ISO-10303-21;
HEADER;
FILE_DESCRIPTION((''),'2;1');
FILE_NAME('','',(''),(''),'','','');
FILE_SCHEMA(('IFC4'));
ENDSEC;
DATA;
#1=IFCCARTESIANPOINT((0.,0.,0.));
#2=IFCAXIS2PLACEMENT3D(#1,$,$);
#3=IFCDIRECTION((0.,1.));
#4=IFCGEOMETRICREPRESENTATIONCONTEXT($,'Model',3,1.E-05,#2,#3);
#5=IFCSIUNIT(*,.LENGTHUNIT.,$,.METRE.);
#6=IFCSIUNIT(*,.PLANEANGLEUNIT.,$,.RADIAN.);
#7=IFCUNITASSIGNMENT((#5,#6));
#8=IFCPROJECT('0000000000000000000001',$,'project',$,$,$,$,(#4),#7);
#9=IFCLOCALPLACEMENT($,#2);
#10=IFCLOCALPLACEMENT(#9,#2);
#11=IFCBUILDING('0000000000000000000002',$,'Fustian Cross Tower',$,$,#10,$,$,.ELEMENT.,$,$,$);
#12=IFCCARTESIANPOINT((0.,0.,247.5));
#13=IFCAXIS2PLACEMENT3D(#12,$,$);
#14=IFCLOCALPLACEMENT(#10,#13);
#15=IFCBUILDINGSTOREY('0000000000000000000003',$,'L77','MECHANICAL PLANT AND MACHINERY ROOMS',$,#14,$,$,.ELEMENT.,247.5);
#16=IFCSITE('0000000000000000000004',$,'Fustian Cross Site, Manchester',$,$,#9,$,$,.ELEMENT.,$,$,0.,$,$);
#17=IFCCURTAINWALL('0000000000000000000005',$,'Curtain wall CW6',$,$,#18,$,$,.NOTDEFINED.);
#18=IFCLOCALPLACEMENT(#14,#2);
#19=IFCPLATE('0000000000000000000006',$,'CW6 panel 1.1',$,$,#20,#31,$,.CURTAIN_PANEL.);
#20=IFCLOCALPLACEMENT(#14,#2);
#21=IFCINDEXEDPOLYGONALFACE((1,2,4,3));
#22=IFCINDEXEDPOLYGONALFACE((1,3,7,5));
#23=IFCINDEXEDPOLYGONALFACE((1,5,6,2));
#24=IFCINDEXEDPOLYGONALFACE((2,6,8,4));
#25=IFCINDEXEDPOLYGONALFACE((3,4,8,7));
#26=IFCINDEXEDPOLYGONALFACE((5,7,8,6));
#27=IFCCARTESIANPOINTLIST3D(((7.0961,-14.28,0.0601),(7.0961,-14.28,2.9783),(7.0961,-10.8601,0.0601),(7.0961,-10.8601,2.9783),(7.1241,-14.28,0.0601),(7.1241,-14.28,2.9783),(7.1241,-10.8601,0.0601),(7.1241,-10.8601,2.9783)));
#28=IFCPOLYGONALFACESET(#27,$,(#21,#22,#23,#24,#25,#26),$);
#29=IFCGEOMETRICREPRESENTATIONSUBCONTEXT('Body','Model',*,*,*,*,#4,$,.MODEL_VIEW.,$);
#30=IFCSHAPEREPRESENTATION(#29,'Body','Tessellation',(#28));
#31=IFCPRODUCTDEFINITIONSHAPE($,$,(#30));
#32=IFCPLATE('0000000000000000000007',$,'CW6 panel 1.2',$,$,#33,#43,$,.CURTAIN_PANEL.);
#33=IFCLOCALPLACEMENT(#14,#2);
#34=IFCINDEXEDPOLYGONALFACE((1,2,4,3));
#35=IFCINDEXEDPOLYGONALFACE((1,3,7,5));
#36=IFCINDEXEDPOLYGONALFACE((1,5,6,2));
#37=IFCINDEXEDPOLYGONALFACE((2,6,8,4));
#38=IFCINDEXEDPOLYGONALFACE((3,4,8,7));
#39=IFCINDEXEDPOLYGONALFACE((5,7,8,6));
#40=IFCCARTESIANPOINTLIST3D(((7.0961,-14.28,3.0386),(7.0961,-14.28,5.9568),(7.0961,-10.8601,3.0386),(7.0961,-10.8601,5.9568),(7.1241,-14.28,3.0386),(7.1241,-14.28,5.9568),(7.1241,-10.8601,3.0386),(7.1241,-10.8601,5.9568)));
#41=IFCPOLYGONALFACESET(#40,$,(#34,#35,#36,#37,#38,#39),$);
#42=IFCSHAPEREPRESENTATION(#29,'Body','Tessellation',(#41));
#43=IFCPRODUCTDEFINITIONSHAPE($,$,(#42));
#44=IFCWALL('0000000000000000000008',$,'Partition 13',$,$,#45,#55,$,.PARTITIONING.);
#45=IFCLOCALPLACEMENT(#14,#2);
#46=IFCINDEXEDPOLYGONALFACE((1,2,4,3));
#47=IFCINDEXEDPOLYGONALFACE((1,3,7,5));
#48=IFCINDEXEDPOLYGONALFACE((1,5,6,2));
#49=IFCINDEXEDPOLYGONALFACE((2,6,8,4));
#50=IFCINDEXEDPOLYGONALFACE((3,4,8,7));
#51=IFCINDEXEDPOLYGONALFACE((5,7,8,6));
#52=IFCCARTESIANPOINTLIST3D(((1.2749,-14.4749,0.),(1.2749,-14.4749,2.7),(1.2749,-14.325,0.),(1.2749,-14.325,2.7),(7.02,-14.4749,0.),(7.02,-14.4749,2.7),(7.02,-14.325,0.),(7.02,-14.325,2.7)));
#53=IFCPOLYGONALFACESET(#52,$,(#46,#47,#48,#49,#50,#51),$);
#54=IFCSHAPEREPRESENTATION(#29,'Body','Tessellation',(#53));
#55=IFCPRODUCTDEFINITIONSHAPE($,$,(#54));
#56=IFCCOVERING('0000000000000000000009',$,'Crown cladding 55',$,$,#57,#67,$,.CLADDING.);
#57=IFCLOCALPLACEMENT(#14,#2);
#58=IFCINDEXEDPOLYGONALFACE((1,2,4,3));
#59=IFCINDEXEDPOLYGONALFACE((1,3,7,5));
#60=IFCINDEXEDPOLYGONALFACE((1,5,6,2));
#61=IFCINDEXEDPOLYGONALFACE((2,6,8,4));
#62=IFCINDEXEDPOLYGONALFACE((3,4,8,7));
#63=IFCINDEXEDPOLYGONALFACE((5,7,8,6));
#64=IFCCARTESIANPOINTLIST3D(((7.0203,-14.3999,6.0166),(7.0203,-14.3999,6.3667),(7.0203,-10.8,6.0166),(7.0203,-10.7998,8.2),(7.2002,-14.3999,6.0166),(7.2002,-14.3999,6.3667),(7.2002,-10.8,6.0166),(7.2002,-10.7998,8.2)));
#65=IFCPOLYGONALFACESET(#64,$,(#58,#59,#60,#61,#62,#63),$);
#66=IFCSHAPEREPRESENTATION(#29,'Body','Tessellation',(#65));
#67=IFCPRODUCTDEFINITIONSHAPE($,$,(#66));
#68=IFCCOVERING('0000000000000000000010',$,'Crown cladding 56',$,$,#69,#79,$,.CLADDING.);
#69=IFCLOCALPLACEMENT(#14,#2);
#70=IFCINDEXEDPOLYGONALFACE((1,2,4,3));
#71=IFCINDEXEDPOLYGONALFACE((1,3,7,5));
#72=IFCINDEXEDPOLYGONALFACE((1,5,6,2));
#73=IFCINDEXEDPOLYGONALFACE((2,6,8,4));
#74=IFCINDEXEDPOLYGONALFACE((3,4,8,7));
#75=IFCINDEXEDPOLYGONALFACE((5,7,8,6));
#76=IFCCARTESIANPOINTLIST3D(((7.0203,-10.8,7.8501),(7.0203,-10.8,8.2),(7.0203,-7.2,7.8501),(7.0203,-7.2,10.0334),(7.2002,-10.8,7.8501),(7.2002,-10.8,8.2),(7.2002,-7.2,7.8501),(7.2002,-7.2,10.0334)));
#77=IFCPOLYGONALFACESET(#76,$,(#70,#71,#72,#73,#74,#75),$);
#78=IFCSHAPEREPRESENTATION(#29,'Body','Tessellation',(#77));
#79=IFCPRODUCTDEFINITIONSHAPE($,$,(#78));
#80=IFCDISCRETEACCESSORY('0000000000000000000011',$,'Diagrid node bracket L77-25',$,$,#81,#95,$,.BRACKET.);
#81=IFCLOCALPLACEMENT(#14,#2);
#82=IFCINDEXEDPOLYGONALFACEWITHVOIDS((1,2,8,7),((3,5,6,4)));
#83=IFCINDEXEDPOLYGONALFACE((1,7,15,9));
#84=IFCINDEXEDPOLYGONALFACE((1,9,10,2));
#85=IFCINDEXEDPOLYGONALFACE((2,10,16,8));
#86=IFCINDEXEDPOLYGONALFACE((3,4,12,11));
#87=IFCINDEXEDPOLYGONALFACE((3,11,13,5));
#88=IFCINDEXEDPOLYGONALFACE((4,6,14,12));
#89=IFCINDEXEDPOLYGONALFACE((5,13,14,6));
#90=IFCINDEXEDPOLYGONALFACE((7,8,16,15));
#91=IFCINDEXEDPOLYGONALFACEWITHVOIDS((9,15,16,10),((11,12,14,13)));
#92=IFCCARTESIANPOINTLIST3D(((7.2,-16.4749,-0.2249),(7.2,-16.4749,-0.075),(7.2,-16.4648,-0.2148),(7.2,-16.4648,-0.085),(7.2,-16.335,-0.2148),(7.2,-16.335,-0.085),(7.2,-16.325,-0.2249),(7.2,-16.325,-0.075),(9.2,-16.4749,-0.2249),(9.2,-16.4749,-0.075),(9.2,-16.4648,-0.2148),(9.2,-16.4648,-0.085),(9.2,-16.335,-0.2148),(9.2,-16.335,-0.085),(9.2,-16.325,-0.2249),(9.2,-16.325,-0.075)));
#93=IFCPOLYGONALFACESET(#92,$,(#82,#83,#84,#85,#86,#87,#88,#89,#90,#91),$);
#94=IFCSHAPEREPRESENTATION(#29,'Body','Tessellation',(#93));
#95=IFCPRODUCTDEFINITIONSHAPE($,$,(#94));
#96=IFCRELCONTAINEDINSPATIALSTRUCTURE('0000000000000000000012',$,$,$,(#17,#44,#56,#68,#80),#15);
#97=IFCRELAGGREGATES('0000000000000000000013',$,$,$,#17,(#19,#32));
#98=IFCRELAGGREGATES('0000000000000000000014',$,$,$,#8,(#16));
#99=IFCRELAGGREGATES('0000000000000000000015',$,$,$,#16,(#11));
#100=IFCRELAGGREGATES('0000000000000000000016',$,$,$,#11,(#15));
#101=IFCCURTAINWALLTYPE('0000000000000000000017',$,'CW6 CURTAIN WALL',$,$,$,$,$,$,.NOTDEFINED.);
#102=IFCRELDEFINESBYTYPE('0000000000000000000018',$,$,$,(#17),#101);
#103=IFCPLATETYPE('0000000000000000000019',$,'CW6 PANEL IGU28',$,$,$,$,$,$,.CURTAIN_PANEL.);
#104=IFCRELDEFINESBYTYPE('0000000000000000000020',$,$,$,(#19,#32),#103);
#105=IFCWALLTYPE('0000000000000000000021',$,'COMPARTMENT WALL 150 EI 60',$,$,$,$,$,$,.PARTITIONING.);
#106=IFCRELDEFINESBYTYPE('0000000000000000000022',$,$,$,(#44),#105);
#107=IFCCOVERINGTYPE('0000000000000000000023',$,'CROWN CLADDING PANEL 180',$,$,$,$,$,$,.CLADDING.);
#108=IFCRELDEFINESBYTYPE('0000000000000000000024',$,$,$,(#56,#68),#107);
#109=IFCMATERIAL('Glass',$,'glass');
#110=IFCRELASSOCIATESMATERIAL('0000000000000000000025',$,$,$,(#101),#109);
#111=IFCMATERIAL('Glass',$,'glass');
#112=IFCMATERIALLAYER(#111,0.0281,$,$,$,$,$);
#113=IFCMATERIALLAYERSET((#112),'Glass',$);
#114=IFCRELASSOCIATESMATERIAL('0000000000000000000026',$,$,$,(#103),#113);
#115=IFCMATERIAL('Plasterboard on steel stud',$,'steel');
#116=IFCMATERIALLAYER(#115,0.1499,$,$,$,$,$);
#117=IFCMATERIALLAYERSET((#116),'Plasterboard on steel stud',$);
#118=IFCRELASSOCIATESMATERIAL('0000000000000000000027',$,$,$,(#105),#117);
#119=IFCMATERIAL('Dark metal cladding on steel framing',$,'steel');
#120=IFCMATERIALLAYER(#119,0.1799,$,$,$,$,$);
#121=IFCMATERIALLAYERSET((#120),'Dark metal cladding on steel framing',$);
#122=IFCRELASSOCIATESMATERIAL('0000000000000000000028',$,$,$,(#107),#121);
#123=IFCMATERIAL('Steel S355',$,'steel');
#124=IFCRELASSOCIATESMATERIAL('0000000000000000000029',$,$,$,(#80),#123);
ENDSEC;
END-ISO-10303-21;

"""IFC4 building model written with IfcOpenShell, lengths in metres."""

from ifc_helpers import new_model, si_unit, direction, frame, frame_2d, origin, origin_2d, place, context, subcontext, project, spatial, polyline, rectangle, hollow_rectangle, outline, extrude, material, layer, layer_set, type_object, element, aggregate, save


model = new_model("IFC4")

# Units and contexts
model_context = context("Model", 3, precision=1e-05, world=origin(), true_north=direction((0.0, 1.0)))
body_context = subcontext(model_context, "Body", "Model", "MODEL_VIEW")
ifc_project = project(units=[si_unit("LENGTHUNIT", "METRE"), si_unit("PLANEANGLEUNIT", "RADIAN")], contexts=[model_context])

# Site, building, storey
site_placement = place(None, origin())
site = spatial("IfcSite", under=ifc_project, at=site_placement, Name="Fustian Cross Site, Manchester", CompositionType="ELEMENT", RefElevation=0.0)
building_placement = place(site_placement, origin())
building = spatial("IfcBuilding", under=site, at=building_placement, Name="Fustian Cross Tower", CompositionType="ELEMENT")
storey_placement = place(building_placement, frame((0.0, 0.0, 247.5)))
storey = spatial("IfcBuildingStorey", under=building, at=storey_placement, Name="L77", Description="MECHANICAL PLANT AND MACHINERY ROOMS", CompositionType="ELEMENT", Elevation=247.5)

# Shared definitions
ifc_material_1 = material(Name="Glass", Category="glass")
curtain_wall_type = type_object("IfcCurtainWallType", Name="CW6 CURTAIN WALL", PredefinedType="NOTDEFINED", material=ifc_material_1)

# Curtain wall
curtain_wall_1_placement = place(storey_placement, origin())
curtain_wall_1 = element("IfcCurtainWall", 1, at=curtain_wall_1_placement, inside=storey, type_object=curtain_wall_type, Name="Curtain wall CW6", PredefinedType="NOTDEFINED")

# Plates
ifc_material_2 = material(Name="Glass", Category="glass")
ifc_layer_1 = layer(ifc_material_2, 0.0281)
ifc_layer_set_1 = layer_set([ifc_layer_1], Name="Glass")
plate_type = type_object("IfcPlateType", Name="CW6 PANEL IGU28", PredefinedType="CURTAIN_PANEL", material=ifc_layer_set_1)
plate_1_placement = place(storey_placement, frame((7.1101, -12.5701, 0.0601), z_axis=(0.0, 0.0, 1.0), x_axis=(0.0, 1.0, 0.0)))
plate_1 = element("IfcPlate", 2, at=plate_1_placement, type_object=plate_type, Name="CW6 panel 1.1", PredefinedType="CURTAIN_PANEL", context=body_context, shape_type="SweptSolid", body=[
    extrude(rectangle(XDim=3.4199, YDim=0.0281, at=origin_2d()), origin(), (0.0, 0.0, 1.0), 2.9182),
])
plate_2_placement = place(storey_placement, frame((7.1101, -12.5701, 3.0386), z_axis=(0.0, 0.0, 1.0), x_axis=(0.0, 1.0, 0.0)))
plate_2 = element("IfcPlate", 3, at=plate_2_placement, type_object=plate_type, Name="CW6 panel 1.2", PredefinedType="CURTAIN_PANEL", context=body_context, shape_type="SweptSolid", body=[
    extrude(rectangle(XDim=3.4199, YDim=0.0281, at=origin_2d()), origin(), (0.0, 0.0, 1.0), 2.9182),
])
aggregate(curtain_wall_1, [plate_1, plate_2])

# Wall
ifc_material_3 = material(Name="Plasterboard on steel stud", Category="steel")
ifc_layer_2 = layer(ifc_material_3, 0.1499)
ifc_layer_set_2 = layer_set([ifc_layer_2], Name="Plasterboard on steel stud")
wall_type = type_object("IfcWallType", Name="COMPARTMENT WALL 150 EI 60", PredefinedType="PARTITIONING", material=ifc_layer_set_2)
wall_placement = place(storey_placement, frame((1.2749, -14.3999, 0.0), z_axis=(0.0, 0.0, 1.0), x_axis=(1.0, 0.0, 0.0)))
element("IfcWall", 4, at=wall_placement, inside=storey, type_object=wall_type, Name="Partition 13", PredefinedType="PARTITIONING", context=body_context, shape_type="SweptSolid", body=[
    extrude(rectangle(XDim=5.7451, YDim=0.1499, at=frame_2d((2.8726, 0.0))), origin(), (0.0, 0.0, 1.0), 2.7),
])

# Coverings
ifc_material_4 = material(Name="Dark metal cladding on steel framing", Category="steel")
ifc_layer_3 = layer(ifc_material_4, 0.1799)
ifc_layer_set_3 = layer_set([ifc_layer_3], Name="Dark metal cladding on steel framing")
covering_type = type_object("IfcCoveringType", Name="CROWN CLADDING PANEL 180", PredefinedType="CLADDING", material=ifc_layer_set_3)
covering_1_placement = place(storey_placement, frame((7.1101, -14.3999, 6.0166), z_axis=(0.0, 0.0, 1.0), x_axis=(0.0, 1.0, 0.0)))
element("IfcCovering", 5, at=covering_1_placement, inside=storey, type_object=covering_type, Name="Crown cladding 55", PredefinedType="CLADDING", context=body_context, shape_type="SweptSolid", body=[
    extrude(outline(polyline([(0.0, 0.0), (3.5999, 0.0), (3.6001, 2.1833), (0.0, 0.3501), (0.0, 0.0)])), frame((0.0, 0.0898, 0.0), z_axis=(0.0, -1.0, 0.0), x_axis=(1.0, 0.0, 0.0)), (0.0, 0.0, 1.0), 0.1799),
])
covering_2_placement = place(storey_placement, frame((7.1101, -10.8, 7.8501), z_axis=(0.0, 0.0, 1.0), x_axis=(0.0, 1.0, 0.0)))
element("IfcCovering", 6, at=covering_2_placement, inside=storey, type_object=covering_type, Name="Crown cladding 56", PredefinedType="CLADDING", context=body_context, shape_type="SweptSolid", body=[
    extrude(outline(polyline([(0.0, 0.0), (3.6001, 0.0), (3.6001, 2.1833), (0.0, 0.3499), (0.0, 0.0)])), frame((0.0, 0.0898, 0.0), z_axis=(0.0, -1.0, 0.0), x_axis=(1.0, 0.0, 0.0)), (0.0, 0.0, 1.0), 0.1799),
])

# Discrete accessory
ifc_material_5 = material(Name="Steel S355", Category="steel")
discrete_accessory_placement = place(storey_placement, frame((9.2, -16.3999, -0.1499), z_axis=(-1.0, 0.0, 0.0), x_axis=(0.0, -1.0, 0.0)))
element("IfcDiscreteAccessory", 7, at=discrete_accessory_placement, inside=storey, material=ifc_material_5, Name="Diagrid node bracket L77-25", PredefinedType="BRACKET", context=body_context, shape_type="SweptSolid", body=[
    extrude(hollow_rectangle(XDim=0.1499, YDim=0.1499, WallThickness=0.01, at=origin_2d()), origin(), (0.0, 0.0, 1.0), 2.0),
])

save(model, "model.ifc")
